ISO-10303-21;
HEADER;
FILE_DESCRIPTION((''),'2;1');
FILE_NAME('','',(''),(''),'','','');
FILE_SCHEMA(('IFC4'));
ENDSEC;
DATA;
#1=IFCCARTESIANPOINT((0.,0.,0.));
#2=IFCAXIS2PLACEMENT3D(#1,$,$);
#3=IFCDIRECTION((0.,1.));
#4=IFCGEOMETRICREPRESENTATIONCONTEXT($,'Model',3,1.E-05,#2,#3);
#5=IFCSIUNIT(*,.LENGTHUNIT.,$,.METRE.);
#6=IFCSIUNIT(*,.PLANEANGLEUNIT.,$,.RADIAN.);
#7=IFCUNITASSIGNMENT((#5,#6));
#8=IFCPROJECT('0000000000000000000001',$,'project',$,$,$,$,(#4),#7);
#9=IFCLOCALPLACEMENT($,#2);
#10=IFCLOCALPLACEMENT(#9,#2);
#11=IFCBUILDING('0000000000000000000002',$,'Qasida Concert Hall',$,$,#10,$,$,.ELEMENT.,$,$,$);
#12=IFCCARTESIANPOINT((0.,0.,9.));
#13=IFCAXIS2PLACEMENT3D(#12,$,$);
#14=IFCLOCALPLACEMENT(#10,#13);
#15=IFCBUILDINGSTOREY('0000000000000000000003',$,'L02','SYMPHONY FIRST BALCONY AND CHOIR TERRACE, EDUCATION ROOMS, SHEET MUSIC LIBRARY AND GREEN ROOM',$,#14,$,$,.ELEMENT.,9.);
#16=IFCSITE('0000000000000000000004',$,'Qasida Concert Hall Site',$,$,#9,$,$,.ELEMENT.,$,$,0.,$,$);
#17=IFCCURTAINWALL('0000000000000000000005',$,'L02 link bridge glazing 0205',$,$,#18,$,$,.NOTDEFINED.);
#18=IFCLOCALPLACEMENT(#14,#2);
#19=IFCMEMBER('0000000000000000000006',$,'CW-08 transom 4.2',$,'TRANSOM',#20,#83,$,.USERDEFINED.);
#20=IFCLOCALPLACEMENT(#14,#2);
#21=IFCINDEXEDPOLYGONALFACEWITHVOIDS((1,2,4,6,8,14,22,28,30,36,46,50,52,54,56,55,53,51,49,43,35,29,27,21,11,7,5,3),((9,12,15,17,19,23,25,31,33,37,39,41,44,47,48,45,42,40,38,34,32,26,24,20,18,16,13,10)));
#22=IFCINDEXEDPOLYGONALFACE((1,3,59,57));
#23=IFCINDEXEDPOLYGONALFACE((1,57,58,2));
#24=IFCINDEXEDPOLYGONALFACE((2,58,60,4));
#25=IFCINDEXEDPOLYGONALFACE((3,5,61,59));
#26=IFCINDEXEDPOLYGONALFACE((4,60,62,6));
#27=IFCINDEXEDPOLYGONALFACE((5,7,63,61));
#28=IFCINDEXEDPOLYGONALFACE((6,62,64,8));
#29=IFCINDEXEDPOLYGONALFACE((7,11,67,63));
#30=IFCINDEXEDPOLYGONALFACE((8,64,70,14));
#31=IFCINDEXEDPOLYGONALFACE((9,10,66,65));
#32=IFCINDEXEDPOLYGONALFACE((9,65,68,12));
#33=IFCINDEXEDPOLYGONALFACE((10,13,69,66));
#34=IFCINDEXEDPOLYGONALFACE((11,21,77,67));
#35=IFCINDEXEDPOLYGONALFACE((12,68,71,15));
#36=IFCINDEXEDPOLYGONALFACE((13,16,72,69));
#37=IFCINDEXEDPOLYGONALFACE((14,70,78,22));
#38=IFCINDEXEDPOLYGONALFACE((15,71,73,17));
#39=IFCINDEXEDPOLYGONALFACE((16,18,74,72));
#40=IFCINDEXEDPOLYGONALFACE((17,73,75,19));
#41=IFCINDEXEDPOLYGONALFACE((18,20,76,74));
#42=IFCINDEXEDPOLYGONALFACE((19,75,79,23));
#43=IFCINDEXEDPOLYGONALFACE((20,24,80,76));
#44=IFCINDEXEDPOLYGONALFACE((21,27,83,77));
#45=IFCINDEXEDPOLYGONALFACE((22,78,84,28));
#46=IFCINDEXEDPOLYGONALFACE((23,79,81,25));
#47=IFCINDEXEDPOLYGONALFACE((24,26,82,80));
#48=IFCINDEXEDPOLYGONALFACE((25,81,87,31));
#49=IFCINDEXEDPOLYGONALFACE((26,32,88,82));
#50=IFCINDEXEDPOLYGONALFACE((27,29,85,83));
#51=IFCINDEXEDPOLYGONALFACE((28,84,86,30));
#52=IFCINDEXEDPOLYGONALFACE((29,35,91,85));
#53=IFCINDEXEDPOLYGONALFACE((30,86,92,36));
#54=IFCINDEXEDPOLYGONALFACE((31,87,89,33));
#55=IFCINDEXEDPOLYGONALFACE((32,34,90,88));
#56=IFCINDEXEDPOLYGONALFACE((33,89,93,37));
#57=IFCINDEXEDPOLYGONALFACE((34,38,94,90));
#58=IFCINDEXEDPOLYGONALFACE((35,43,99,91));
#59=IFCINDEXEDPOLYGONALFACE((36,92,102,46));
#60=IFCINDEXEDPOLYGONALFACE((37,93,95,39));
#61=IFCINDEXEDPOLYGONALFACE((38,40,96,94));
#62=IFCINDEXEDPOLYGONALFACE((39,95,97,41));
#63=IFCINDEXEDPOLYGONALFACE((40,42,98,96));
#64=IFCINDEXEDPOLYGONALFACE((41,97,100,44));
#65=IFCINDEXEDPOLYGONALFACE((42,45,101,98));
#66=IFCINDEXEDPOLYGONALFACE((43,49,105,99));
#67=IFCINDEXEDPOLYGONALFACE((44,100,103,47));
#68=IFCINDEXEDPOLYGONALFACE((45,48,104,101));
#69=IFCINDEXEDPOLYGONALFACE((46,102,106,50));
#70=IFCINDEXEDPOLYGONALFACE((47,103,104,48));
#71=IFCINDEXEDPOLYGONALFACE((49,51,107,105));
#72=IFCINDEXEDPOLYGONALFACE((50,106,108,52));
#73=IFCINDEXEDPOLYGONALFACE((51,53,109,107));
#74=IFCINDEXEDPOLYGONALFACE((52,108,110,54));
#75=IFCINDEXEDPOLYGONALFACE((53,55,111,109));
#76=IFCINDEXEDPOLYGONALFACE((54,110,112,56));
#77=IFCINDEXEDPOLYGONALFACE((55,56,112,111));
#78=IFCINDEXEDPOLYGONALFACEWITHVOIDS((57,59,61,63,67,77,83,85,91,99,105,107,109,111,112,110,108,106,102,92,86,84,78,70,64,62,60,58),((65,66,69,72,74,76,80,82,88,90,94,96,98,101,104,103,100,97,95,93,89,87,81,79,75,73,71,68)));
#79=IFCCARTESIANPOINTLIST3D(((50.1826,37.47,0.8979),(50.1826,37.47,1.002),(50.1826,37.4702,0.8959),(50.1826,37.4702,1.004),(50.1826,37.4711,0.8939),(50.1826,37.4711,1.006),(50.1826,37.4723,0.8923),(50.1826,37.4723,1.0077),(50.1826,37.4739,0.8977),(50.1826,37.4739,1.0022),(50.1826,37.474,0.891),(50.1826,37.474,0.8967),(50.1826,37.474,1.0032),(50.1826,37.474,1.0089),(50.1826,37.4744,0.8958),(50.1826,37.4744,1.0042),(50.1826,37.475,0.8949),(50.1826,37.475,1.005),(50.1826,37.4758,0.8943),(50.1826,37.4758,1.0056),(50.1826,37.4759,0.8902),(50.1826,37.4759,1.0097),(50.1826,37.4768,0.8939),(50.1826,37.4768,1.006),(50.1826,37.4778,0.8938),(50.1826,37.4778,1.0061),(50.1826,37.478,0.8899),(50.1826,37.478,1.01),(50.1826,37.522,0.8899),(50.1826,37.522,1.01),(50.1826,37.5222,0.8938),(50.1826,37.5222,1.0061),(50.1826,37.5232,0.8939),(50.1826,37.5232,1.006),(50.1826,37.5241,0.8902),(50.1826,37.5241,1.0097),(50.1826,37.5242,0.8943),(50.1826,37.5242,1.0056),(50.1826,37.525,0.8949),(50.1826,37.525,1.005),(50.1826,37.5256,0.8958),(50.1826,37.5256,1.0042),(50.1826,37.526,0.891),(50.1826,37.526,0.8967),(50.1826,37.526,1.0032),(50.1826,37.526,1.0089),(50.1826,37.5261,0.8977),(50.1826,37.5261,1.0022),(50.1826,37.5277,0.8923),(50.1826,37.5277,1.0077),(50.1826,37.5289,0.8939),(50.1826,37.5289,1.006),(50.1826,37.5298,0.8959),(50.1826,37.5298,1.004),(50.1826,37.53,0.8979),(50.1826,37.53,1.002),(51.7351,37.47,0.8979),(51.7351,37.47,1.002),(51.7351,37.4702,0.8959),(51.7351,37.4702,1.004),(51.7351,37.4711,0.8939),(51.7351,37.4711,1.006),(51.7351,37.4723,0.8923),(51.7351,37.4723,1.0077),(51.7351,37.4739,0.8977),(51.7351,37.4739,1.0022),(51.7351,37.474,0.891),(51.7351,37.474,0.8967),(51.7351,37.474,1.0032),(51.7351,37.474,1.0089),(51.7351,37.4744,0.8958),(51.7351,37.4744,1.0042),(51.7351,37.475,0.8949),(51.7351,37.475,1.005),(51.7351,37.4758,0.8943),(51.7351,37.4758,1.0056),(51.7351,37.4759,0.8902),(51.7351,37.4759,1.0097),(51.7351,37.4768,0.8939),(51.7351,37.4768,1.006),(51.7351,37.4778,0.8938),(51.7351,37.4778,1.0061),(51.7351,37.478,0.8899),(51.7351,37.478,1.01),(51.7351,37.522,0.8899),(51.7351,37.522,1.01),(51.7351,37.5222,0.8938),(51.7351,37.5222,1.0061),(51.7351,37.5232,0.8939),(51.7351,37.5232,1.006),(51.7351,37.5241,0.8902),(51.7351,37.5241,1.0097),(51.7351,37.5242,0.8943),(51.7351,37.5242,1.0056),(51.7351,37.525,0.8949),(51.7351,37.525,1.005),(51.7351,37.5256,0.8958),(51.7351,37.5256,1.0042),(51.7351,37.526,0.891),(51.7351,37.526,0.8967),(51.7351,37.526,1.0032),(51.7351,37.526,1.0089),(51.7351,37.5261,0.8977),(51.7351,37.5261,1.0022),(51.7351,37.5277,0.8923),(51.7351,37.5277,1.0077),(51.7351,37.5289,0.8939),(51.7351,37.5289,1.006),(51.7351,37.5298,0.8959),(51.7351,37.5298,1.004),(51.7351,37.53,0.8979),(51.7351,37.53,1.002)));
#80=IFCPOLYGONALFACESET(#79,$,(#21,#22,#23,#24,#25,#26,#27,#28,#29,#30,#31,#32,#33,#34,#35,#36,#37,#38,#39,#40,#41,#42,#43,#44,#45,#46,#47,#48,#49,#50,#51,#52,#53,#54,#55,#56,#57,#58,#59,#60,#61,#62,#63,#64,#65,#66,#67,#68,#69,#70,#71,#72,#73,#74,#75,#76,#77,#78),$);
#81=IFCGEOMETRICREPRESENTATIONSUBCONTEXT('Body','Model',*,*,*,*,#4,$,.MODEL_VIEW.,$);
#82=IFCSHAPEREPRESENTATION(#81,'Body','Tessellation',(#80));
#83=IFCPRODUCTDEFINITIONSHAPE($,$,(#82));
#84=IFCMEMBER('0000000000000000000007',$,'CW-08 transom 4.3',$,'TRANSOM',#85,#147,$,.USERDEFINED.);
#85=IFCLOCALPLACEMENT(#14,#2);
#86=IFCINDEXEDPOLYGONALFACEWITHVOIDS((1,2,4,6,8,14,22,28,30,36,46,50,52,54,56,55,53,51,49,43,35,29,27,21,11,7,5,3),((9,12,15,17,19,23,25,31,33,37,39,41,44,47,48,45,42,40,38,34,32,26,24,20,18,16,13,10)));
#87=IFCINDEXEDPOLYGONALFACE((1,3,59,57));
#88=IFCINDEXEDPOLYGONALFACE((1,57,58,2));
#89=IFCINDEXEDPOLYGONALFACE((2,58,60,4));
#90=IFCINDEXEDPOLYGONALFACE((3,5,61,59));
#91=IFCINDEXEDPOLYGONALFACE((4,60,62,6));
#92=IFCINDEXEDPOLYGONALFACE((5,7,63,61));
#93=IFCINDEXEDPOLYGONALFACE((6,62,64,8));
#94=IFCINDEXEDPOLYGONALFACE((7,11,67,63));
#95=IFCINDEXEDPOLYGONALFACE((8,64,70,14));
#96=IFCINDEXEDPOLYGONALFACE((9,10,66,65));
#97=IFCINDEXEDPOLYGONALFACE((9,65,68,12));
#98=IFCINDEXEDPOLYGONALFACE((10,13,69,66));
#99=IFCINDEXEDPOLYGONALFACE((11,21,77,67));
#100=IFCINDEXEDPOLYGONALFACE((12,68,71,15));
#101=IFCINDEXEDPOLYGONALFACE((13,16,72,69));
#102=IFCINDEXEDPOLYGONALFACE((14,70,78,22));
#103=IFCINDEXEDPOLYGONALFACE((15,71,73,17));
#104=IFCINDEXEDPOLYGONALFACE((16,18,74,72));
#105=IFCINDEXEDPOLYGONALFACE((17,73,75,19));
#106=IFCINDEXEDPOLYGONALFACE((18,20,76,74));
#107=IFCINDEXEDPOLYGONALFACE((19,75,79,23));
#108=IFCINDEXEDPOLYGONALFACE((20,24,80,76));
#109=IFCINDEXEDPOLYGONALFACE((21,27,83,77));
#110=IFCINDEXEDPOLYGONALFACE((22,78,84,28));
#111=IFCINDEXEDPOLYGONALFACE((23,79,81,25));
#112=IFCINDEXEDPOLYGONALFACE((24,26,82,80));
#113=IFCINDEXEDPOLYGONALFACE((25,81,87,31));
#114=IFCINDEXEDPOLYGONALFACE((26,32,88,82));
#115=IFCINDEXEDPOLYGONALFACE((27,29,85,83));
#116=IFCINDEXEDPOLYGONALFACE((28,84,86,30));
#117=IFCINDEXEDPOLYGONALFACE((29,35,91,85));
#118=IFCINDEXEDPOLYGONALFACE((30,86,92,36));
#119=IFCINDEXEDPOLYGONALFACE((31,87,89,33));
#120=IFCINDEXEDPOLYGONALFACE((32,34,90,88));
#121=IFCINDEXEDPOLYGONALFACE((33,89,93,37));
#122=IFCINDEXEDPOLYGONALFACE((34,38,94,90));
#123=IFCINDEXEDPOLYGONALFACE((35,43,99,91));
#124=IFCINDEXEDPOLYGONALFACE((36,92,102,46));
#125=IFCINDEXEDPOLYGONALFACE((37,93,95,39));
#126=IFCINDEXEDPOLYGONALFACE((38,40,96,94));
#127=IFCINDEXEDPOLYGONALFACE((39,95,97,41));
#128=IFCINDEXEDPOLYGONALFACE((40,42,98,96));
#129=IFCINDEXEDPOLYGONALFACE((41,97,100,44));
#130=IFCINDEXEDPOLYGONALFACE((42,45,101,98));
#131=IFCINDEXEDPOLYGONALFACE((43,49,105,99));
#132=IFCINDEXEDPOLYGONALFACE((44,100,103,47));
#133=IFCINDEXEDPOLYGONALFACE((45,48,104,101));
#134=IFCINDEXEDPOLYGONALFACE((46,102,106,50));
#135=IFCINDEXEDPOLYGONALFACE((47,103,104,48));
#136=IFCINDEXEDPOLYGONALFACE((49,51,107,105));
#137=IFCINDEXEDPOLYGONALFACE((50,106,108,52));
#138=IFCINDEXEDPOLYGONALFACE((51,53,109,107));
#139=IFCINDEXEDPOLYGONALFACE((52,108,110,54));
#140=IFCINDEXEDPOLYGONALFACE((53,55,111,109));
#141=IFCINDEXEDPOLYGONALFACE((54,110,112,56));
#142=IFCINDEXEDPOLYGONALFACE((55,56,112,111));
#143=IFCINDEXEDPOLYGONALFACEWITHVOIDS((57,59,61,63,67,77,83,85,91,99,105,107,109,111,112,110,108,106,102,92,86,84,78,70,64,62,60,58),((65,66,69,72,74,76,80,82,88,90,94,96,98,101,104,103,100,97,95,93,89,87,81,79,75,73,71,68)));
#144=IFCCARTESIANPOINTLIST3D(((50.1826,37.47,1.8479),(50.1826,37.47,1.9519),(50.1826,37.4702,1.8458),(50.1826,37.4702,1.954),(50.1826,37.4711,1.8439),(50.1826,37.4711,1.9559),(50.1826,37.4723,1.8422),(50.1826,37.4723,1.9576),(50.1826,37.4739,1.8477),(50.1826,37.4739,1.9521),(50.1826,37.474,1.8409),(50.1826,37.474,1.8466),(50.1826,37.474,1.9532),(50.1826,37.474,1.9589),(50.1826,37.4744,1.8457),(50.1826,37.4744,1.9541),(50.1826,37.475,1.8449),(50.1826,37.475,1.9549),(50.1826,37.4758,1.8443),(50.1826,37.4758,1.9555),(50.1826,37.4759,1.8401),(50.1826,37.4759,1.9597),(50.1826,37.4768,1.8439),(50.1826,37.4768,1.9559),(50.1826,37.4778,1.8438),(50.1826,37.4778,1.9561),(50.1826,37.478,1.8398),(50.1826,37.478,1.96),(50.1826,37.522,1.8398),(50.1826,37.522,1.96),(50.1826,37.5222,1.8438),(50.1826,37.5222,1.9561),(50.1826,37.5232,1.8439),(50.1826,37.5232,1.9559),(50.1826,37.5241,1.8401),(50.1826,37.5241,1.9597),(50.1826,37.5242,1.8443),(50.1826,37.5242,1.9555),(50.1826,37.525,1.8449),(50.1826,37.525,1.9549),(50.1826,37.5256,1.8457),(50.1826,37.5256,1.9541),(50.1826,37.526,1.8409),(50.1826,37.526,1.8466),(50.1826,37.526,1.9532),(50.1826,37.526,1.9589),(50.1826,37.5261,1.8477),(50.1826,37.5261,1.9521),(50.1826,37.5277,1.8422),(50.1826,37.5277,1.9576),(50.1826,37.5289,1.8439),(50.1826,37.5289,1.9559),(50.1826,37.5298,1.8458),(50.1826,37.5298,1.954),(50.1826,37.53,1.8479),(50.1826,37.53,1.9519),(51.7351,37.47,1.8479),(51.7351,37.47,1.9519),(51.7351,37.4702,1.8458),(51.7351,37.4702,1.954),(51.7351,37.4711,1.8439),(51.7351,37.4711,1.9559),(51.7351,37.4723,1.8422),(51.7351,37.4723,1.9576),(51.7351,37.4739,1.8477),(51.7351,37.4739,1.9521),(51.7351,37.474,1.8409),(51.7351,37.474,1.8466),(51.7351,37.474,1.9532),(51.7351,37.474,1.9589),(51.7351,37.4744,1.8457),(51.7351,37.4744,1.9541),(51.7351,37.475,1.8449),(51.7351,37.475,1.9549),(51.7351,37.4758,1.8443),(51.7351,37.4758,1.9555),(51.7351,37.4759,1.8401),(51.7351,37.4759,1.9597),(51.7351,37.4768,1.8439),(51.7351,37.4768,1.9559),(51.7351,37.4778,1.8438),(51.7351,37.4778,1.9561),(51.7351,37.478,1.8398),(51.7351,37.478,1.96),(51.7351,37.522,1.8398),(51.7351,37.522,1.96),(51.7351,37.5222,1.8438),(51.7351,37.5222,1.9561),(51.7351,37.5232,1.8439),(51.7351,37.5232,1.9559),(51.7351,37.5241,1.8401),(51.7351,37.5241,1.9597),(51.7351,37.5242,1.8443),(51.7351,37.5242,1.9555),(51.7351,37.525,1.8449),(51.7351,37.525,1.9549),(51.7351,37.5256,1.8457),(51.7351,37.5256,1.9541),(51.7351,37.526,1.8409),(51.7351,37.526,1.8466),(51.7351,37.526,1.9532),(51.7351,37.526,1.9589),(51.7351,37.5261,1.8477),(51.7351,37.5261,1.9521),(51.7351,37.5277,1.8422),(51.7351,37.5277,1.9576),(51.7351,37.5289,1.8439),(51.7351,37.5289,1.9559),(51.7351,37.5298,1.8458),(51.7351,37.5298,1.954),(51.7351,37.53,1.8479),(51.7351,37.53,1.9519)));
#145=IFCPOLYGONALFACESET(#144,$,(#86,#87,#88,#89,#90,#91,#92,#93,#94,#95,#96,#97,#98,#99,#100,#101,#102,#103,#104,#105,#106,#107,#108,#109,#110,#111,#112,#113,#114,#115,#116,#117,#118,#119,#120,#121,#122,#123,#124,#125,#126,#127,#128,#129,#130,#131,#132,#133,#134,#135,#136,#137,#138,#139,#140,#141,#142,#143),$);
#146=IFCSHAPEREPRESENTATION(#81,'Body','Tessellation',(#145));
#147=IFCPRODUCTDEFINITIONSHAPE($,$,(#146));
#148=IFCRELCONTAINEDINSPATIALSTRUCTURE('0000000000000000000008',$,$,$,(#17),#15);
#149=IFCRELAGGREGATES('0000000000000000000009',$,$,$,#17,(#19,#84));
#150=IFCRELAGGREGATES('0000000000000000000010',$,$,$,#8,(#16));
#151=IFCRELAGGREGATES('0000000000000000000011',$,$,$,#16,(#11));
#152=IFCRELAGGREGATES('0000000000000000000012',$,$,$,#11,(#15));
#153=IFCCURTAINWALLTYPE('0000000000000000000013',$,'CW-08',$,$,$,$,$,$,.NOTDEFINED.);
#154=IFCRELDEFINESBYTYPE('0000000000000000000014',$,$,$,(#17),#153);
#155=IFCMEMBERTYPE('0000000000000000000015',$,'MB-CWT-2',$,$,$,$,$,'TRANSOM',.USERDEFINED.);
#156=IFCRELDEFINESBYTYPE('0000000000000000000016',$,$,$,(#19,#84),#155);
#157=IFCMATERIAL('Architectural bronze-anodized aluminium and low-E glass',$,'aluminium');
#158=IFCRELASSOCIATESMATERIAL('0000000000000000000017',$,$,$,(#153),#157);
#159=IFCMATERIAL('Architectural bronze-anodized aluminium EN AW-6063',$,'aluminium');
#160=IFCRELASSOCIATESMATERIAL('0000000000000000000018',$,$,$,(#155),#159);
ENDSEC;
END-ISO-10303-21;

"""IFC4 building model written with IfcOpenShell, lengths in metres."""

from ifc_helpers import new_model, si_unit, direction, frame, origin, origin_2d, place, context, subcontext, project, spatial, hollow_rectangle, extrude, material, material_profile, profile_set, type_object, element, aggregate, save


model = new_model("IFC4")

# Units and contexts
model_context = context("Model", 3, precision=1e-05, world=origin(), true_north=direction((0.0, 1.0)))
body_context = subcontext(model_context, "Body", "Model", "MODEL_VIEW")
ifc_project = project(units=[si_unit("LENGTHUNIT", "METRE"), si_unit("PLANEANGLEUNIT", "RADIAN")], contexts=[model_context])

# Site, building, storey
site_placement = place(None, origin())
site = spatial("IfcSite", under=ifc_project, at=site_placement, Name="Qasida Concert Hall Site", CompositionType="ELEMENT", RefElevation=0.0)
building_placement = place(site_placement, origin())
building = spatial("IfcBuilding", under=site, at=building_placement, Name="Qasida Concert Hall", CompositionType="ELEMENT")
storey_placement = place(building_placement, frame((0.0, 0.0, 9.0)))
storey = spatial("IfcBuildingStorey", under=building, at=storey_placement, Name="L02", Description="SYMPHONY FIRST BALCONY AND CHOIR TERRACE, EDUCATION ROOMS, SHEET MUSIC LIBRARY AND GREEN ROOM", CompositionType="ELEMENT", Elevation=9.0)

# Curtain wall, members
ifc_material_1 = material(Name="Architectural bronze-anodized aluminium and low-E glass", Category="aluminium")
curtain_wall_type = type_object("IfcCurtainWallType", Name="CW-08", PredefinedType="NOTDEFINED", material=ifc_material_1)
curtain_wall_placement = place(storey_placement, origin())
curtain_wall = element("IfcCurtainWall", 1, at=curtain_wall_placement, inside=storey, type_object=curtain_wall_type, Name="L02 link bridge glazing 0205", PredefinedType="NOTDEFINED")
ifc_material_2 = material(Name="Architectural bronze-anodized aluminium EN AW-6063", Category="aluminium")
ifc_material_profile_1 = material_profile(ifc_material_2, hollow_rectangle(XDim=0.0601, YDim=0.1201, WallThickness=0.0039, InnerFilletRadius=0.0039, OuterFilletRadius=0.0081, at=origin_2d()), Name="CWT 120x60x4")
ifc_profile_set_1 = profile_set([ifc_material_profile_1], Name="Architectural bronze-anodized aluminium EN AW-6063")
member_type_1 = type_object("IfcMemberType", Name="MB-CWT-2", ElementType="TRANSOM", PredefinedType="USERDEFINED", material=ifc_profile_set_1)
member_1_placement = place(storey_placement, frame((50.1826, 37.5, 0.95), z_axis=(1.0, 0.0, 0.0), x_axis=(0.0, 1.0, 0.0)))
member_1 = element("IfcMember", 2, at=member_1_placement, type_object=member_type_1, Name="CW-08 transom 4.2", ObjectType="TRANSOM", PredefinedType="USERDEFINED", context=body_context, shape_type="SweptSolid", body=[
    extrude(hollow_rectangle(XDim=0.0601, YDim=0.1201, WallThickness=0.0039, InnerFilletRadius=0.0039, OuterFilletRadius=0.0081, at=origin_2d()), origin(), (0.0, 0.0, 1.0), 1.5525),
])
member_2_placement = place(storey_placement, frame((50.1826, 37.5, 1.8999), z_axis=(1.0, 0.0, 0.0), x_axis=(0.0, 1.0, 0.0)))
member_2 = element("IfcMember", 3, at=member_2_placement, type_object=member_type_1, Name="CW-08 transom 4.3", ObjectType="TRANSOM", PredefinedType="USERDEFINED", context=body_context, shape_type="SweptSolid", body=[
    extrude(hollow_rectangle(XDim=0.0601, YDim=0.1201, WallThickness=0.0039, InnerFilletRadius=0.0039, OuterFilletRadius=0.0081, at=origin_2d()), origin(), (0.0, 0.0, 1.0), 1.5525),
])
aggregate(curtain_wall, [member_1, member_2])

save(model, "model.ifc")
